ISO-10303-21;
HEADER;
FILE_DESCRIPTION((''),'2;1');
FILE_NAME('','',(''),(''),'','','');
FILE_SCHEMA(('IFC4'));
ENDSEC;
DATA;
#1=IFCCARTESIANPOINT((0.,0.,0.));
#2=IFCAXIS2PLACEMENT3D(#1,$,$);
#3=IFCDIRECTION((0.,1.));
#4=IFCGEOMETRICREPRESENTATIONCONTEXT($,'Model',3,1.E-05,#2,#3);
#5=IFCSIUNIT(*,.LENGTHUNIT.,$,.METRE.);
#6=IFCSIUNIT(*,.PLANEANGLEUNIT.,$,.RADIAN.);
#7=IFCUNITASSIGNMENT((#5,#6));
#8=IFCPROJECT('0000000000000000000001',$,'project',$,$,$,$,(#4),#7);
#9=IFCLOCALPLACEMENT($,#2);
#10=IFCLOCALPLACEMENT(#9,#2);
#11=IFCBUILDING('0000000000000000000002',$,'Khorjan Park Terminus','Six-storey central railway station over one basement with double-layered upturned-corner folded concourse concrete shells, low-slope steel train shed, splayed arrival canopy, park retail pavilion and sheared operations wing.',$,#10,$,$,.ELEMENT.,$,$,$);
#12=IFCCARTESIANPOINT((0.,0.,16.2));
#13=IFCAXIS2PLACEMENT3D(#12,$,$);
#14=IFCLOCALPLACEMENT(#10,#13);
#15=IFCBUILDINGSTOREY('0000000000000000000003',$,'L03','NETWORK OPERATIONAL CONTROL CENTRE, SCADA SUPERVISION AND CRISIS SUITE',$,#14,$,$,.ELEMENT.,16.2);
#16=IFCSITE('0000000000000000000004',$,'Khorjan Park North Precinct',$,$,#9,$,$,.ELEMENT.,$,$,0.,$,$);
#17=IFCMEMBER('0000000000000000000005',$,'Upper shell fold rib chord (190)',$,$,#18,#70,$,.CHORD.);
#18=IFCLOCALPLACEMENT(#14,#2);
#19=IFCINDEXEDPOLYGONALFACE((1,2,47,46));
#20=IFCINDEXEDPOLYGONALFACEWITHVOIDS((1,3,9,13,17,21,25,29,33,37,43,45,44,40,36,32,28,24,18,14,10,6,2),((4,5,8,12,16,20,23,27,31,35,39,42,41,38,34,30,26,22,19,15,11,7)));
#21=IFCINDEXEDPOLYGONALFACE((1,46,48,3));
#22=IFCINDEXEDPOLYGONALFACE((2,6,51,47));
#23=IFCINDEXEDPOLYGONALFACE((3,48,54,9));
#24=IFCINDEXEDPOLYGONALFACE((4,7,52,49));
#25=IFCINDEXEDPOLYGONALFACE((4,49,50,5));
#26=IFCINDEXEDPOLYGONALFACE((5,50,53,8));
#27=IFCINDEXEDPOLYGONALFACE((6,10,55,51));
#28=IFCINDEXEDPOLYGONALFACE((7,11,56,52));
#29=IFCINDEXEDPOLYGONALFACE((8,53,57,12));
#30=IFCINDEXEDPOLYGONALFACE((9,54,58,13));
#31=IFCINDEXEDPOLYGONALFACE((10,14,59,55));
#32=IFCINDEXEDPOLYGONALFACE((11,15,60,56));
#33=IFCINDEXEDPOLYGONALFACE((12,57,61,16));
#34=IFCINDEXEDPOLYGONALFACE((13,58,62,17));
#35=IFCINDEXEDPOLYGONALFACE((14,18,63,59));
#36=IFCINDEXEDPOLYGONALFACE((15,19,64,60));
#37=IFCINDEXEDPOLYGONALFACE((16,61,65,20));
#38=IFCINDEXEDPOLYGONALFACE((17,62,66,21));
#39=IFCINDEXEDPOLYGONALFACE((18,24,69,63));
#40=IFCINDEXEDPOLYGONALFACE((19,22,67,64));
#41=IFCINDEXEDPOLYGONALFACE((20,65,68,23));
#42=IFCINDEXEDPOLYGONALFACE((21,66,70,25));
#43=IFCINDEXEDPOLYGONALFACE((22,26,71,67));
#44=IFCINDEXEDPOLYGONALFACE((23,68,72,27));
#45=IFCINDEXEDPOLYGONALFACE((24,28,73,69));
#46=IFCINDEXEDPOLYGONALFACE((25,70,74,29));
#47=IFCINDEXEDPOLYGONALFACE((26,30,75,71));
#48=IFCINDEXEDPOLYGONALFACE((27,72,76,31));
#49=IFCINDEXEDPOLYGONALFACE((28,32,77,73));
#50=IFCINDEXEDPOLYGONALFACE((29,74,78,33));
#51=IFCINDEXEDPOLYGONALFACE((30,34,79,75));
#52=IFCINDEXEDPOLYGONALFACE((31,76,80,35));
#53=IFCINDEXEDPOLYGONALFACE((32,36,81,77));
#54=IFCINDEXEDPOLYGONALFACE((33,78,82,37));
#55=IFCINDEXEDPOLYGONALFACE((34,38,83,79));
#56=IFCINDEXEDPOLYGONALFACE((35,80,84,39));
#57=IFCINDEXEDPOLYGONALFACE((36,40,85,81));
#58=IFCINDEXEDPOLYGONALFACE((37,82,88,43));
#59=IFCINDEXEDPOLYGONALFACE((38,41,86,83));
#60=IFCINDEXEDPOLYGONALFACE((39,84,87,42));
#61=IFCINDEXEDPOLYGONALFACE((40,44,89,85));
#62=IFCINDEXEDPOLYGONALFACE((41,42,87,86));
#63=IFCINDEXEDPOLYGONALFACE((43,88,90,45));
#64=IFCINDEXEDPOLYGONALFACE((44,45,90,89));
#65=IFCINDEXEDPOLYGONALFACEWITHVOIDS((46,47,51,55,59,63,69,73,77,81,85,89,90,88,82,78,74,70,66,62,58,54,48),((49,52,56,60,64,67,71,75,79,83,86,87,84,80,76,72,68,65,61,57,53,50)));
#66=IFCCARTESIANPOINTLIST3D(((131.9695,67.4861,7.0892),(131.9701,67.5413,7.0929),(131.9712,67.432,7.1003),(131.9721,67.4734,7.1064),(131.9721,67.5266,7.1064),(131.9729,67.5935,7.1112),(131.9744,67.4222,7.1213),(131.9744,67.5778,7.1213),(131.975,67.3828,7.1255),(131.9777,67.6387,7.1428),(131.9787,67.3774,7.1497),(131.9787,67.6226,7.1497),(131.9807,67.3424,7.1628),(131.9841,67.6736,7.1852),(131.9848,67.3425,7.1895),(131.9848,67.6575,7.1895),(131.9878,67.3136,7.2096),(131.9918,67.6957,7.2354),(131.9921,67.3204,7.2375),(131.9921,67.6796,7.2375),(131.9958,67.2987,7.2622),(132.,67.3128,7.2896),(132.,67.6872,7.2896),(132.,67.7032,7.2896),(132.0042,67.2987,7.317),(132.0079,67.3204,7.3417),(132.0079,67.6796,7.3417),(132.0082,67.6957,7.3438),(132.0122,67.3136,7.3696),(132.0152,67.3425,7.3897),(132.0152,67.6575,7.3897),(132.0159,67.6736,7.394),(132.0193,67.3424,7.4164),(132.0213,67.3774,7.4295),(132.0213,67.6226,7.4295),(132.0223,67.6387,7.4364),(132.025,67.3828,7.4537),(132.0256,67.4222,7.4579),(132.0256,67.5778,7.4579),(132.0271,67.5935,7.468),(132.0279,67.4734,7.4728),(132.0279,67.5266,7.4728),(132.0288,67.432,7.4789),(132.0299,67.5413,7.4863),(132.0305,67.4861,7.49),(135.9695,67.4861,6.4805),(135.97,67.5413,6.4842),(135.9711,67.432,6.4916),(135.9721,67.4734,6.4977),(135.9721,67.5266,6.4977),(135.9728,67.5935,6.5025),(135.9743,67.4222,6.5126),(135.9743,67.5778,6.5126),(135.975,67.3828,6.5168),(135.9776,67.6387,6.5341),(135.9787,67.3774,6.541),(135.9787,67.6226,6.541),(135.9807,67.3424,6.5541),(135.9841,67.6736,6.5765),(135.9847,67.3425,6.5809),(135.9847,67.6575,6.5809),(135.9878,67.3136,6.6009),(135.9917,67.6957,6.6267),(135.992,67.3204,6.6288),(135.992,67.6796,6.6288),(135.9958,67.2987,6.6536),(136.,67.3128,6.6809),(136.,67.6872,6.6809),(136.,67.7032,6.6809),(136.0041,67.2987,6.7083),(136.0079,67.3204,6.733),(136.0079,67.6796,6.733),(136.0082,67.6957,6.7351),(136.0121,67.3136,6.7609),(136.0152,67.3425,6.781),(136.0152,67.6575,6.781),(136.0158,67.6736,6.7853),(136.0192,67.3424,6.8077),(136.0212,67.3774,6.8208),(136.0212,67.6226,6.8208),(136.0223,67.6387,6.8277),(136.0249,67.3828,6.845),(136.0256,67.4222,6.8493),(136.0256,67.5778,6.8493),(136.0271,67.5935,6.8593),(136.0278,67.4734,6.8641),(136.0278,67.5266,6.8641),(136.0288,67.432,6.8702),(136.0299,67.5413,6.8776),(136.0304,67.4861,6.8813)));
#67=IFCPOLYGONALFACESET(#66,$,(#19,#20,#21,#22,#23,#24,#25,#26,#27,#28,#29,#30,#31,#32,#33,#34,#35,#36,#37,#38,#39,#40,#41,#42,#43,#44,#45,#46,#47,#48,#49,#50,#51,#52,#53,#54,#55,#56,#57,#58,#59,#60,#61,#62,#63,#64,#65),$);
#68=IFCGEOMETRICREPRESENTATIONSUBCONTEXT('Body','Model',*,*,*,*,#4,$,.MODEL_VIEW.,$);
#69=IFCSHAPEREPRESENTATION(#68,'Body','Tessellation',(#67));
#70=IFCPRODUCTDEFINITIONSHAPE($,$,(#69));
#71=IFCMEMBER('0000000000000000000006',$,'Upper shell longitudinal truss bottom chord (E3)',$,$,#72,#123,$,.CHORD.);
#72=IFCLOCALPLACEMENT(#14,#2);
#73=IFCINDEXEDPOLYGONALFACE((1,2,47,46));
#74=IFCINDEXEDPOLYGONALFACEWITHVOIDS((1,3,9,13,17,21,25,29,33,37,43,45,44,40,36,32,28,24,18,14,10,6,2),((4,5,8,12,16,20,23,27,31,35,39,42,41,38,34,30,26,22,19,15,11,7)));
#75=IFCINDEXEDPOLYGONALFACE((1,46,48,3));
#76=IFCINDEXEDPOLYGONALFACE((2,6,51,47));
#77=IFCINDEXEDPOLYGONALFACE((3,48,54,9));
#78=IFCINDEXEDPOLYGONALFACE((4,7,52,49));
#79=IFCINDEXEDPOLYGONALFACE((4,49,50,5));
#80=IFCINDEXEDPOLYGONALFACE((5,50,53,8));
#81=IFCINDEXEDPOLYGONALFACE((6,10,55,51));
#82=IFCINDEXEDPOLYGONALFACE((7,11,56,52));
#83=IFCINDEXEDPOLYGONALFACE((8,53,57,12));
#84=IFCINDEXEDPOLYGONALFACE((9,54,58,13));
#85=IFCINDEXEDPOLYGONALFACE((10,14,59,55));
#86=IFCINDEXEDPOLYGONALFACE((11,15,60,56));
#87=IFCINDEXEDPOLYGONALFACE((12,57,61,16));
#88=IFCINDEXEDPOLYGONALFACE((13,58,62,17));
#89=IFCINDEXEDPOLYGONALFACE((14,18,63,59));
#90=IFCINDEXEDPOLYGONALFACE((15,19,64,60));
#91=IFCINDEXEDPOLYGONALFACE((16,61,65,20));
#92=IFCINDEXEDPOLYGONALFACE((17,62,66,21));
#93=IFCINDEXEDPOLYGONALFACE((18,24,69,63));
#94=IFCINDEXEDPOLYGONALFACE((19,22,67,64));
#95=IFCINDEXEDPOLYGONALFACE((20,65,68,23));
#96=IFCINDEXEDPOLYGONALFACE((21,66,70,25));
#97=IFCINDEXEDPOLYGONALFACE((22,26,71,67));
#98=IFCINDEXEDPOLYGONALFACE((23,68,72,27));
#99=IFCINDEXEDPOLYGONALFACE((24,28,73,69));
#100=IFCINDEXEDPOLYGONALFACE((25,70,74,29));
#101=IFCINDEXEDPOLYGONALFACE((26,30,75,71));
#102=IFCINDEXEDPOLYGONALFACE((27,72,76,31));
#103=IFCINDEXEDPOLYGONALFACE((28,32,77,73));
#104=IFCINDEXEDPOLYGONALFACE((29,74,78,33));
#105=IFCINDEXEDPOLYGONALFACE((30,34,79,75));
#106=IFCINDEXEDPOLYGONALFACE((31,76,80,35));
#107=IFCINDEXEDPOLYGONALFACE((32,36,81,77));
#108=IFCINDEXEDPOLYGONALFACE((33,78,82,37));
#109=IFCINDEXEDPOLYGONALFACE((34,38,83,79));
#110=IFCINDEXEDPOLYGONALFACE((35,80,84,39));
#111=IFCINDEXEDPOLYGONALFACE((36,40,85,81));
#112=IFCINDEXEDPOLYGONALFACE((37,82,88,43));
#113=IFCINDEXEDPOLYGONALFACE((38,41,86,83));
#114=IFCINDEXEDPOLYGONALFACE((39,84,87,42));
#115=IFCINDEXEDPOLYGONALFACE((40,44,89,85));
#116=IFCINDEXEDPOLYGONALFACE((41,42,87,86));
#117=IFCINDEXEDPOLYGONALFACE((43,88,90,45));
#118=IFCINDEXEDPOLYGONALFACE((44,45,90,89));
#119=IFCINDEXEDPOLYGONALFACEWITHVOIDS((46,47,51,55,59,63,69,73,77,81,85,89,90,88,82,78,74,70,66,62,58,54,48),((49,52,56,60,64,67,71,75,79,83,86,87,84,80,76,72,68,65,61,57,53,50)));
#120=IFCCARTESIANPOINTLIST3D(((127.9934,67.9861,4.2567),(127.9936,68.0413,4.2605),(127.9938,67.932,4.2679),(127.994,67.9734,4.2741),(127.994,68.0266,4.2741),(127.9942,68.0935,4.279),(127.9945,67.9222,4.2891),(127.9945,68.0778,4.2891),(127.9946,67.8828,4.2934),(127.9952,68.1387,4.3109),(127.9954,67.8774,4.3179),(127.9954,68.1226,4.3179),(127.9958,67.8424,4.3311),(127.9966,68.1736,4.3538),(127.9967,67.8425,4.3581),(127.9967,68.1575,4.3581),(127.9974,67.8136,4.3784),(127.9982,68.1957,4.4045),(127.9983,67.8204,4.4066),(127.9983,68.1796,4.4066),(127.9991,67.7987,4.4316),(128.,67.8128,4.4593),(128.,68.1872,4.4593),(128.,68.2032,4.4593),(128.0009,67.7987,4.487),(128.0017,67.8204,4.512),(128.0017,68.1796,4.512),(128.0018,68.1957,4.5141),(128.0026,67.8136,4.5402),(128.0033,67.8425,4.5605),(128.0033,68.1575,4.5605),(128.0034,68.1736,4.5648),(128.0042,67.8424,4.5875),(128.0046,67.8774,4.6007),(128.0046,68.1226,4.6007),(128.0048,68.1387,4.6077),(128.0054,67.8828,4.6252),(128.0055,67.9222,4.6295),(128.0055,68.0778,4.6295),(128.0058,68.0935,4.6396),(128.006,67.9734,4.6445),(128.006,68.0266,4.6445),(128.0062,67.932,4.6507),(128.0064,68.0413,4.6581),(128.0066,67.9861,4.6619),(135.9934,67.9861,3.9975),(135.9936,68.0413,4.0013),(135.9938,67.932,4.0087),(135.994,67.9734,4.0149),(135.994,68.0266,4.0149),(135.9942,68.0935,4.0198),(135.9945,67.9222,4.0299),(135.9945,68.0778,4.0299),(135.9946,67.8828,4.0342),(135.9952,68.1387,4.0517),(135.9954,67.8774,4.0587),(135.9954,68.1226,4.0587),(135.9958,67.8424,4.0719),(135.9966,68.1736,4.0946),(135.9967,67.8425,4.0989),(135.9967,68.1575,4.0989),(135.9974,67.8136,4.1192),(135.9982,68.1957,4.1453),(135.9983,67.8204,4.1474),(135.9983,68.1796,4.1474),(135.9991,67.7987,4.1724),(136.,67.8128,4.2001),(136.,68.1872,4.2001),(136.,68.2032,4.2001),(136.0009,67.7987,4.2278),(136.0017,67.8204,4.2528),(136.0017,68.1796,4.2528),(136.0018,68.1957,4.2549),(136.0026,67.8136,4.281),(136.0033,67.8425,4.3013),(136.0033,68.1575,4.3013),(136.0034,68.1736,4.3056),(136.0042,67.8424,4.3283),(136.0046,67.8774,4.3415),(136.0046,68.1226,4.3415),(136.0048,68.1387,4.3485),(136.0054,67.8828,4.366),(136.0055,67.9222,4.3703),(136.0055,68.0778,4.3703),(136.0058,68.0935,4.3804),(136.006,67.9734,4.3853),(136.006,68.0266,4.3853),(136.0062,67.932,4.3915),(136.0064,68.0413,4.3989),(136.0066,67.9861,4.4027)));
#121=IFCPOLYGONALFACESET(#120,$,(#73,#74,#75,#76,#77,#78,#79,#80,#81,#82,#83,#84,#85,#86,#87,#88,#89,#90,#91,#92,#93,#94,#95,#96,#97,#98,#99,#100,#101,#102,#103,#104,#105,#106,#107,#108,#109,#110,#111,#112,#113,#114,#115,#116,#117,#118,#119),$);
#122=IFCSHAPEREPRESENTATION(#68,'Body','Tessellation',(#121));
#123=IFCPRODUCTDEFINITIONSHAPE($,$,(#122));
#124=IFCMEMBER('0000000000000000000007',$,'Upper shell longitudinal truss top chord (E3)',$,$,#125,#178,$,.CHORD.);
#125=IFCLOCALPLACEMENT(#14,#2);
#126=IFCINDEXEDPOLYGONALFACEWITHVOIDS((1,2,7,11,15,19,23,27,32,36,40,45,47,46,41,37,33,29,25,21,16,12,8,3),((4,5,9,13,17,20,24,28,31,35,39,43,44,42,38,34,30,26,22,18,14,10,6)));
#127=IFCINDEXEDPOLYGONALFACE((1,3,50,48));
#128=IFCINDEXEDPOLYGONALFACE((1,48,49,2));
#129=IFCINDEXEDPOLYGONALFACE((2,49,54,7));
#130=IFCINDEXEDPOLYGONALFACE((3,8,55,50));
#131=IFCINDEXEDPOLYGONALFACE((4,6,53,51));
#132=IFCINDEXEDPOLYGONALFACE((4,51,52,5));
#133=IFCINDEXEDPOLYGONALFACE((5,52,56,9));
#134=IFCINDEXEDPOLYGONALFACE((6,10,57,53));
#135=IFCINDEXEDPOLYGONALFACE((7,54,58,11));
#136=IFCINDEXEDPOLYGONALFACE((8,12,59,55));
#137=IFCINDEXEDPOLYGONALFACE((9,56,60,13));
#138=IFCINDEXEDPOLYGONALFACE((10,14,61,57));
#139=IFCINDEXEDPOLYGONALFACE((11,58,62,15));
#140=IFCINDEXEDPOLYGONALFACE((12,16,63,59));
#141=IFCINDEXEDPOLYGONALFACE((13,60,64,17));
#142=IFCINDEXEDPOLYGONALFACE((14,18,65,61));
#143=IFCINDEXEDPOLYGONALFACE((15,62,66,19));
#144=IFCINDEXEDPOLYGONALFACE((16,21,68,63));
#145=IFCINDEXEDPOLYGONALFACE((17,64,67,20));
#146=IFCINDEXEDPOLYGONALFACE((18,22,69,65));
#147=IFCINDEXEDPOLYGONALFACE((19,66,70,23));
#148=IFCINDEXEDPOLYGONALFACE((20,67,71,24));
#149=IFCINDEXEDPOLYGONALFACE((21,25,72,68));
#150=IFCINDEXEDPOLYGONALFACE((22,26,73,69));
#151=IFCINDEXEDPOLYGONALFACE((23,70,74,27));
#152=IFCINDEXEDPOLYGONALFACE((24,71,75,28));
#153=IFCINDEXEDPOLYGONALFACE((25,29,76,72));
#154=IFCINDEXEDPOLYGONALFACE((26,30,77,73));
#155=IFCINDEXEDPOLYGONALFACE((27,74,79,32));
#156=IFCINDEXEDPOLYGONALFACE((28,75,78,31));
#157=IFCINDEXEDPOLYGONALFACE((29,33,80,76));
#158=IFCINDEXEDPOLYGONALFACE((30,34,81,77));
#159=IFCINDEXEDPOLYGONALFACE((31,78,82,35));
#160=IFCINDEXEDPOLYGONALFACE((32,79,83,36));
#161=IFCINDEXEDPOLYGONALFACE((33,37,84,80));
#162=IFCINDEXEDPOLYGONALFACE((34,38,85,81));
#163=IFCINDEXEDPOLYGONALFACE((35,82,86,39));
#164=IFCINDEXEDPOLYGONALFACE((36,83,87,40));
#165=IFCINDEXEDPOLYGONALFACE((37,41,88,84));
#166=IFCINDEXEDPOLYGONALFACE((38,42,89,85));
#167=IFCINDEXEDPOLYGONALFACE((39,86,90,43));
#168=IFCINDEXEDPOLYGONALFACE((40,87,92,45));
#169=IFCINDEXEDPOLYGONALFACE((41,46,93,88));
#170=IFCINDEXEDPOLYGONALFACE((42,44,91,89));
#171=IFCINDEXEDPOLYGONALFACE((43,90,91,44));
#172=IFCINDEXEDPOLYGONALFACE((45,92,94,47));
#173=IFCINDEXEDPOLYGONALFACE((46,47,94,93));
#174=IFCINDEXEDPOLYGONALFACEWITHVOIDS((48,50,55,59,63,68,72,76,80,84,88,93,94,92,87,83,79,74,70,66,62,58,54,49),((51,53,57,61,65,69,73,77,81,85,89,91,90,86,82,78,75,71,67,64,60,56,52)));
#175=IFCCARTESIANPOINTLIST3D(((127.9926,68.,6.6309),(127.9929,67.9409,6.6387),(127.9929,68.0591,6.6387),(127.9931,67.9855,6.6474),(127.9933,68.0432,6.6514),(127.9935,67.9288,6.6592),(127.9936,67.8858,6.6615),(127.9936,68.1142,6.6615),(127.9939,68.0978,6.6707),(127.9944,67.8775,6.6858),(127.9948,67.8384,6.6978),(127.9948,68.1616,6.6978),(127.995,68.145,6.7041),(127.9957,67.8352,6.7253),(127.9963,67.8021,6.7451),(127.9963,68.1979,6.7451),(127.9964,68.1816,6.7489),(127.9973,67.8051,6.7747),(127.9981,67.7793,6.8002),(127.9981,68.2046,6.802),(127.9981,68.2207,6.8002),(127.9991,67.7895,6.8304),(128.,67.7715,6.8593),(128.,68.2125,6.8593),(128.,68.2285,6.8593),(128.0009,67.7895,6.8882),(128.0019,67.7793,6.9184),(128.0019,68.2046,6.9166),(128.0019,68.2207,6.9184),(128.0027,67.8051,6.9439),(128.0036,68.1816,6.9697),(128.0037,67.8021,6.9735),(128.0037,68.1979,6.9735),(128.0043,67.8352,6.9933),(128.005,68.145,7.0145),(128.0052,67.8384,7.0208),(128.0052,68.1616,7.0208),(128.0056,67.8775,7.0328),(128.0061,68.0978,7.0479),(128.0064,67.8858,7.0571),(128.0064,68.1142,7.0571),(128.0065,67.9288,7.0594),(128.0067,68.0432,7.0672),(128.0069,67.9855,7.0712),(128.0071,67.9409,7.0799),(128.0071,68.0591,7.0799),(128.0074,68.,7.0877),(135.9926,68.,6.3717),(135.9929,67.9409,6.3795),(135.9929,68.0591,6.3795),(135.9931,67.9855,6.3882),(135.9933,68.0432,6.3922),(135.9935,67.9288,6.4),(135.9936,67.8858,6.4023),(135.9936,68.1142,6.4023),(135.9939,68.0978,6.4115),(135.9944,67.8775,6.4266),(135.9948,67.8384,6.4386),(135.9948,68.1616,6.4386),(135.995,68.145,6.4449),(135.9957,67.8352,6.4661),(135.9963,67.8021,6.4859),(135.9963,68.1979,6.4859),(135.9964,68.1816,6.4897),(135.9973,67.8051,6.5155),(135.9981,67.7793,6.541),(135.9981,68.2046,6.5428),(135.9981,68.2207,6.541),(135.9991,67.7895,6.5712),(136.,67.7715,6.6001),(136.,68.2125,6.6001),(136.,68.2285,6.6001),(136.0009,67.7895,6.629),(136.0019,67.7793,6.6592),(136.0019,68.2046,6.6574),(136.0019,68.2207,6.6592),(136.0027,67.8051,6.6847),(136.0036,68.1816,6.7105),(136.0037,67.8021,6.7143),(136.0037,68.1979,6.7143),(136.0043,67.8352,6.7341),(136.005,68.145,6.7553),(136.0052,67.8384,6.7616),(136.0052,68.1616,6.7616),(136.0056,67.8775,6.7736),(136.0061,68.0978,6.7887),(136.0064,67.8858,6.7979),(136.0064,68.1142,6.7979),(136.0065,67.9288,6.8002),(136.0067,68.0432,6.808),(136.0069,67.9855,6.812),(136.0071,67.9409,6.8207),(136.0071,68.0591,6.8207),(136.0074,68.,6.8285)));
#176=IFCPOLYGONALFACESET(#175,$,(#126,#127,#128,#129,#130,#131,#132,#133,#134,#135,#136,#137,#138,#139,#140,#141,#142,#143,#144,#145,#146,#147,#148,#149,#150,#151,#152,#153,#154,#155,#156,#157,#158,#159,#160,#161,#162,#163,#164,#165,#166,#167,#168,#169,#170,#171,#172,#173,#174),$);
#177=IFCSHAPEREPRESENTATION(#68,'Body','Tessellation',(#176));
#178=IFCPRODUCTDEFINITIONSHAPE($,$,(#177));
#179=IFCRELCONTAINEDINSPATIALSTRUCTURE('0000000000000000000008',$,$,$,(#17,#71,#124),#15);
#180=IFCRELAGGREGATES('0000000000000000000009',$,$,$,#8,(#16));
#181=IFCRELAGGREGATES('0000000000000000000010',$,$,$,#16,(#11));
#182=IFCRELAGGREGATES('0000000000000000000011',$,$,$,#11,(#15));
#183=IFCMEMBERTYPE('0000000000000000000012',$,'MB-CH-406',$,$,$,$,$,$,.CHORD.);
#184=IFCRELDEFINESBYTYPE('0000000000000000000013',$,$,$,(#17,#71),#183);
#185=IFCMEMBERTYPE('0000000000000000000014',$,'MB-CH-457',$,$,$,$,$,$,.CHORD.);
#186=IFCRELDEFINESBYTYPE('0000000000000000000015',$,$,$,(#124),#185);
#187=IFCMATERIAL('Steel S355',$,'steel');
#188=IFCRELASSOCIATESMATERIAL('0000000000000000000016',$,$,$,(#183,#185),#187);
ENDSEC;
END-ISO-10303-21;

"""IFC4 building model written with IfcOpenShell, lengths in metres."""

from ifc_helpers import new_model, si_unit, direction, frame, origin, origin_2d, place, context, subcontext, project, spatial, hollow_circle, extrude, material, material_profile, profile_set, type_object, element, save


model = new_model("IFC4")

# Units and contexts
model_context = context("Model", 3, precision=1e-05, world=origin(), true_north=direction((0.0, 1.0)))
body_context = subcontext(model_context, "Body", "Model", "MODEL_VIEW")
ifc_project = project(units=[si_unit("LENGTHUNIT", "METRE"), si_unit("PLANEANGLEUNIT", "RADIAN")], contexts=[model_context])

# Site, building, storey
site_placement = place(None, origin())
site = spatial("IfcSite", under=ifc_project, at=site_placement, Name="Khorjan Park North Precinct", CompositionType="ELEMENT", RefElevation=0.0)
building_placement = place(site_placement, origin())
building = spatial("IfcBuilding", under=site, at=building_placement, Name="Khorjan Park Terminus", Description="Six-storey central railway station over one basement with double-layered upturned-corner folded concourse concrete shells, low-slope steel train shed, splayed arrival canopy, park retail pavilion and sheared operations wing.", CompositionType="ELEMENT")
storey_placement = place(building_placement, frame((0.0, 0.0, 16.2)))
storey = spatial("IfcBuildingStorey", under=building, at=storey_placement, Name="L03", Description="NETWORK OPERATIONAL CONTROL CENTRE, SCADA SUPERVISION AND CRISIS SUITE", CompositionType="ELEMENT", Elevation=16.2)

# Members
ifc_material_1 = material(Name="Steel S355", Category="steel")
ifc_material_profile_1 = material_profile(ifc_material_1, hollow_circle(Radius=0.2032, WallThickness=0.016, at=origin_2d()), Name="CHS 406.4x16")
ifc_profile_set_1 = profile_set([ifc_material_profile_1], Name="Steel S355")
member_type_1 = type_object("IfcMemberType", Name="MB-CH-406", PredefinedType="CHORD", material=ifc_profile_set_1)
member_1_placement = place(storey_placement, frame((132.0, 67.5, 7.2896), z_axis=(0.988619, 0.0, -0.150443), x_axis=(0.0, 1.0, 0.0)))
element("IfcMember", 1, at=member_1_placement, inside=storey, type_object=member_type_1, Name="Upper shell fold rib chord (190)", PredefinedType="CHORD", context=body_context, shape_type="SweptSolid", body=[
    extrude(hollow_circle(Radius=0.2032, WallThickness=0.016, at=origin_2d()), origin(), (0.0, 0.0, 1.0), 4.046),
])
member_2_placement = place(storey_placement, frame((128.0, 68.0, 4.4593), z_axis=(0.999476, 0.0, -0.032383), x_axis=(0.0, 1.0, 0.0)))
element("IfcMember", 2, at=member_2_placement, inside=storey, type_object=member_type_1, Name="Upper shell longitudinal truss bottom chord (E3)", PredefinedType="CHORD", context=body_context, shape_type="SweptSolid", body=[
    extrude(hollow_circle(Radius=0.2032, WallThickness=0.016, at=origin_2d()), origin(), (0.0, 0.0, 1.0), 8.0042),
])
ifc_material_profile_2 = material_profile(ifc_material_1, hollow_circle(Radius=0.2285, WallThickness=0.016, at=origin_2d()), Name="CHS 457x16")
ifc_profile_set_2 = profile_set([ifc_material_profile_2], Name="Steel S355")
member_type_2 = type_object("IfcMemberType", Name="MB-CH-457", PredefinedType="CHORD", material=ifc_profile_set_2)
member_3_placement = place(storey_placement, frame((128.0, 68.0, 6.8593), z_axis=(0.999476, 0.0, -0.032383), x_axis=(0.0, 1.0, 0.0)))
element("IfcMember", 3, at=member_3_placement, inside=storey, type_object=member_type_2, Name="Upper shell longitudinal truss top chord (E3)", PredefinedType="CHORD", context=body_context, shape_type="SweptSolid", body=[
    extrude(hollow_circle(Radius=0.2285, WallThickness=0.016, at=origin_2d()), origin(), (0.0, 0.0, 1.0), 8.0042),
])

save(model, "model.ifc")
